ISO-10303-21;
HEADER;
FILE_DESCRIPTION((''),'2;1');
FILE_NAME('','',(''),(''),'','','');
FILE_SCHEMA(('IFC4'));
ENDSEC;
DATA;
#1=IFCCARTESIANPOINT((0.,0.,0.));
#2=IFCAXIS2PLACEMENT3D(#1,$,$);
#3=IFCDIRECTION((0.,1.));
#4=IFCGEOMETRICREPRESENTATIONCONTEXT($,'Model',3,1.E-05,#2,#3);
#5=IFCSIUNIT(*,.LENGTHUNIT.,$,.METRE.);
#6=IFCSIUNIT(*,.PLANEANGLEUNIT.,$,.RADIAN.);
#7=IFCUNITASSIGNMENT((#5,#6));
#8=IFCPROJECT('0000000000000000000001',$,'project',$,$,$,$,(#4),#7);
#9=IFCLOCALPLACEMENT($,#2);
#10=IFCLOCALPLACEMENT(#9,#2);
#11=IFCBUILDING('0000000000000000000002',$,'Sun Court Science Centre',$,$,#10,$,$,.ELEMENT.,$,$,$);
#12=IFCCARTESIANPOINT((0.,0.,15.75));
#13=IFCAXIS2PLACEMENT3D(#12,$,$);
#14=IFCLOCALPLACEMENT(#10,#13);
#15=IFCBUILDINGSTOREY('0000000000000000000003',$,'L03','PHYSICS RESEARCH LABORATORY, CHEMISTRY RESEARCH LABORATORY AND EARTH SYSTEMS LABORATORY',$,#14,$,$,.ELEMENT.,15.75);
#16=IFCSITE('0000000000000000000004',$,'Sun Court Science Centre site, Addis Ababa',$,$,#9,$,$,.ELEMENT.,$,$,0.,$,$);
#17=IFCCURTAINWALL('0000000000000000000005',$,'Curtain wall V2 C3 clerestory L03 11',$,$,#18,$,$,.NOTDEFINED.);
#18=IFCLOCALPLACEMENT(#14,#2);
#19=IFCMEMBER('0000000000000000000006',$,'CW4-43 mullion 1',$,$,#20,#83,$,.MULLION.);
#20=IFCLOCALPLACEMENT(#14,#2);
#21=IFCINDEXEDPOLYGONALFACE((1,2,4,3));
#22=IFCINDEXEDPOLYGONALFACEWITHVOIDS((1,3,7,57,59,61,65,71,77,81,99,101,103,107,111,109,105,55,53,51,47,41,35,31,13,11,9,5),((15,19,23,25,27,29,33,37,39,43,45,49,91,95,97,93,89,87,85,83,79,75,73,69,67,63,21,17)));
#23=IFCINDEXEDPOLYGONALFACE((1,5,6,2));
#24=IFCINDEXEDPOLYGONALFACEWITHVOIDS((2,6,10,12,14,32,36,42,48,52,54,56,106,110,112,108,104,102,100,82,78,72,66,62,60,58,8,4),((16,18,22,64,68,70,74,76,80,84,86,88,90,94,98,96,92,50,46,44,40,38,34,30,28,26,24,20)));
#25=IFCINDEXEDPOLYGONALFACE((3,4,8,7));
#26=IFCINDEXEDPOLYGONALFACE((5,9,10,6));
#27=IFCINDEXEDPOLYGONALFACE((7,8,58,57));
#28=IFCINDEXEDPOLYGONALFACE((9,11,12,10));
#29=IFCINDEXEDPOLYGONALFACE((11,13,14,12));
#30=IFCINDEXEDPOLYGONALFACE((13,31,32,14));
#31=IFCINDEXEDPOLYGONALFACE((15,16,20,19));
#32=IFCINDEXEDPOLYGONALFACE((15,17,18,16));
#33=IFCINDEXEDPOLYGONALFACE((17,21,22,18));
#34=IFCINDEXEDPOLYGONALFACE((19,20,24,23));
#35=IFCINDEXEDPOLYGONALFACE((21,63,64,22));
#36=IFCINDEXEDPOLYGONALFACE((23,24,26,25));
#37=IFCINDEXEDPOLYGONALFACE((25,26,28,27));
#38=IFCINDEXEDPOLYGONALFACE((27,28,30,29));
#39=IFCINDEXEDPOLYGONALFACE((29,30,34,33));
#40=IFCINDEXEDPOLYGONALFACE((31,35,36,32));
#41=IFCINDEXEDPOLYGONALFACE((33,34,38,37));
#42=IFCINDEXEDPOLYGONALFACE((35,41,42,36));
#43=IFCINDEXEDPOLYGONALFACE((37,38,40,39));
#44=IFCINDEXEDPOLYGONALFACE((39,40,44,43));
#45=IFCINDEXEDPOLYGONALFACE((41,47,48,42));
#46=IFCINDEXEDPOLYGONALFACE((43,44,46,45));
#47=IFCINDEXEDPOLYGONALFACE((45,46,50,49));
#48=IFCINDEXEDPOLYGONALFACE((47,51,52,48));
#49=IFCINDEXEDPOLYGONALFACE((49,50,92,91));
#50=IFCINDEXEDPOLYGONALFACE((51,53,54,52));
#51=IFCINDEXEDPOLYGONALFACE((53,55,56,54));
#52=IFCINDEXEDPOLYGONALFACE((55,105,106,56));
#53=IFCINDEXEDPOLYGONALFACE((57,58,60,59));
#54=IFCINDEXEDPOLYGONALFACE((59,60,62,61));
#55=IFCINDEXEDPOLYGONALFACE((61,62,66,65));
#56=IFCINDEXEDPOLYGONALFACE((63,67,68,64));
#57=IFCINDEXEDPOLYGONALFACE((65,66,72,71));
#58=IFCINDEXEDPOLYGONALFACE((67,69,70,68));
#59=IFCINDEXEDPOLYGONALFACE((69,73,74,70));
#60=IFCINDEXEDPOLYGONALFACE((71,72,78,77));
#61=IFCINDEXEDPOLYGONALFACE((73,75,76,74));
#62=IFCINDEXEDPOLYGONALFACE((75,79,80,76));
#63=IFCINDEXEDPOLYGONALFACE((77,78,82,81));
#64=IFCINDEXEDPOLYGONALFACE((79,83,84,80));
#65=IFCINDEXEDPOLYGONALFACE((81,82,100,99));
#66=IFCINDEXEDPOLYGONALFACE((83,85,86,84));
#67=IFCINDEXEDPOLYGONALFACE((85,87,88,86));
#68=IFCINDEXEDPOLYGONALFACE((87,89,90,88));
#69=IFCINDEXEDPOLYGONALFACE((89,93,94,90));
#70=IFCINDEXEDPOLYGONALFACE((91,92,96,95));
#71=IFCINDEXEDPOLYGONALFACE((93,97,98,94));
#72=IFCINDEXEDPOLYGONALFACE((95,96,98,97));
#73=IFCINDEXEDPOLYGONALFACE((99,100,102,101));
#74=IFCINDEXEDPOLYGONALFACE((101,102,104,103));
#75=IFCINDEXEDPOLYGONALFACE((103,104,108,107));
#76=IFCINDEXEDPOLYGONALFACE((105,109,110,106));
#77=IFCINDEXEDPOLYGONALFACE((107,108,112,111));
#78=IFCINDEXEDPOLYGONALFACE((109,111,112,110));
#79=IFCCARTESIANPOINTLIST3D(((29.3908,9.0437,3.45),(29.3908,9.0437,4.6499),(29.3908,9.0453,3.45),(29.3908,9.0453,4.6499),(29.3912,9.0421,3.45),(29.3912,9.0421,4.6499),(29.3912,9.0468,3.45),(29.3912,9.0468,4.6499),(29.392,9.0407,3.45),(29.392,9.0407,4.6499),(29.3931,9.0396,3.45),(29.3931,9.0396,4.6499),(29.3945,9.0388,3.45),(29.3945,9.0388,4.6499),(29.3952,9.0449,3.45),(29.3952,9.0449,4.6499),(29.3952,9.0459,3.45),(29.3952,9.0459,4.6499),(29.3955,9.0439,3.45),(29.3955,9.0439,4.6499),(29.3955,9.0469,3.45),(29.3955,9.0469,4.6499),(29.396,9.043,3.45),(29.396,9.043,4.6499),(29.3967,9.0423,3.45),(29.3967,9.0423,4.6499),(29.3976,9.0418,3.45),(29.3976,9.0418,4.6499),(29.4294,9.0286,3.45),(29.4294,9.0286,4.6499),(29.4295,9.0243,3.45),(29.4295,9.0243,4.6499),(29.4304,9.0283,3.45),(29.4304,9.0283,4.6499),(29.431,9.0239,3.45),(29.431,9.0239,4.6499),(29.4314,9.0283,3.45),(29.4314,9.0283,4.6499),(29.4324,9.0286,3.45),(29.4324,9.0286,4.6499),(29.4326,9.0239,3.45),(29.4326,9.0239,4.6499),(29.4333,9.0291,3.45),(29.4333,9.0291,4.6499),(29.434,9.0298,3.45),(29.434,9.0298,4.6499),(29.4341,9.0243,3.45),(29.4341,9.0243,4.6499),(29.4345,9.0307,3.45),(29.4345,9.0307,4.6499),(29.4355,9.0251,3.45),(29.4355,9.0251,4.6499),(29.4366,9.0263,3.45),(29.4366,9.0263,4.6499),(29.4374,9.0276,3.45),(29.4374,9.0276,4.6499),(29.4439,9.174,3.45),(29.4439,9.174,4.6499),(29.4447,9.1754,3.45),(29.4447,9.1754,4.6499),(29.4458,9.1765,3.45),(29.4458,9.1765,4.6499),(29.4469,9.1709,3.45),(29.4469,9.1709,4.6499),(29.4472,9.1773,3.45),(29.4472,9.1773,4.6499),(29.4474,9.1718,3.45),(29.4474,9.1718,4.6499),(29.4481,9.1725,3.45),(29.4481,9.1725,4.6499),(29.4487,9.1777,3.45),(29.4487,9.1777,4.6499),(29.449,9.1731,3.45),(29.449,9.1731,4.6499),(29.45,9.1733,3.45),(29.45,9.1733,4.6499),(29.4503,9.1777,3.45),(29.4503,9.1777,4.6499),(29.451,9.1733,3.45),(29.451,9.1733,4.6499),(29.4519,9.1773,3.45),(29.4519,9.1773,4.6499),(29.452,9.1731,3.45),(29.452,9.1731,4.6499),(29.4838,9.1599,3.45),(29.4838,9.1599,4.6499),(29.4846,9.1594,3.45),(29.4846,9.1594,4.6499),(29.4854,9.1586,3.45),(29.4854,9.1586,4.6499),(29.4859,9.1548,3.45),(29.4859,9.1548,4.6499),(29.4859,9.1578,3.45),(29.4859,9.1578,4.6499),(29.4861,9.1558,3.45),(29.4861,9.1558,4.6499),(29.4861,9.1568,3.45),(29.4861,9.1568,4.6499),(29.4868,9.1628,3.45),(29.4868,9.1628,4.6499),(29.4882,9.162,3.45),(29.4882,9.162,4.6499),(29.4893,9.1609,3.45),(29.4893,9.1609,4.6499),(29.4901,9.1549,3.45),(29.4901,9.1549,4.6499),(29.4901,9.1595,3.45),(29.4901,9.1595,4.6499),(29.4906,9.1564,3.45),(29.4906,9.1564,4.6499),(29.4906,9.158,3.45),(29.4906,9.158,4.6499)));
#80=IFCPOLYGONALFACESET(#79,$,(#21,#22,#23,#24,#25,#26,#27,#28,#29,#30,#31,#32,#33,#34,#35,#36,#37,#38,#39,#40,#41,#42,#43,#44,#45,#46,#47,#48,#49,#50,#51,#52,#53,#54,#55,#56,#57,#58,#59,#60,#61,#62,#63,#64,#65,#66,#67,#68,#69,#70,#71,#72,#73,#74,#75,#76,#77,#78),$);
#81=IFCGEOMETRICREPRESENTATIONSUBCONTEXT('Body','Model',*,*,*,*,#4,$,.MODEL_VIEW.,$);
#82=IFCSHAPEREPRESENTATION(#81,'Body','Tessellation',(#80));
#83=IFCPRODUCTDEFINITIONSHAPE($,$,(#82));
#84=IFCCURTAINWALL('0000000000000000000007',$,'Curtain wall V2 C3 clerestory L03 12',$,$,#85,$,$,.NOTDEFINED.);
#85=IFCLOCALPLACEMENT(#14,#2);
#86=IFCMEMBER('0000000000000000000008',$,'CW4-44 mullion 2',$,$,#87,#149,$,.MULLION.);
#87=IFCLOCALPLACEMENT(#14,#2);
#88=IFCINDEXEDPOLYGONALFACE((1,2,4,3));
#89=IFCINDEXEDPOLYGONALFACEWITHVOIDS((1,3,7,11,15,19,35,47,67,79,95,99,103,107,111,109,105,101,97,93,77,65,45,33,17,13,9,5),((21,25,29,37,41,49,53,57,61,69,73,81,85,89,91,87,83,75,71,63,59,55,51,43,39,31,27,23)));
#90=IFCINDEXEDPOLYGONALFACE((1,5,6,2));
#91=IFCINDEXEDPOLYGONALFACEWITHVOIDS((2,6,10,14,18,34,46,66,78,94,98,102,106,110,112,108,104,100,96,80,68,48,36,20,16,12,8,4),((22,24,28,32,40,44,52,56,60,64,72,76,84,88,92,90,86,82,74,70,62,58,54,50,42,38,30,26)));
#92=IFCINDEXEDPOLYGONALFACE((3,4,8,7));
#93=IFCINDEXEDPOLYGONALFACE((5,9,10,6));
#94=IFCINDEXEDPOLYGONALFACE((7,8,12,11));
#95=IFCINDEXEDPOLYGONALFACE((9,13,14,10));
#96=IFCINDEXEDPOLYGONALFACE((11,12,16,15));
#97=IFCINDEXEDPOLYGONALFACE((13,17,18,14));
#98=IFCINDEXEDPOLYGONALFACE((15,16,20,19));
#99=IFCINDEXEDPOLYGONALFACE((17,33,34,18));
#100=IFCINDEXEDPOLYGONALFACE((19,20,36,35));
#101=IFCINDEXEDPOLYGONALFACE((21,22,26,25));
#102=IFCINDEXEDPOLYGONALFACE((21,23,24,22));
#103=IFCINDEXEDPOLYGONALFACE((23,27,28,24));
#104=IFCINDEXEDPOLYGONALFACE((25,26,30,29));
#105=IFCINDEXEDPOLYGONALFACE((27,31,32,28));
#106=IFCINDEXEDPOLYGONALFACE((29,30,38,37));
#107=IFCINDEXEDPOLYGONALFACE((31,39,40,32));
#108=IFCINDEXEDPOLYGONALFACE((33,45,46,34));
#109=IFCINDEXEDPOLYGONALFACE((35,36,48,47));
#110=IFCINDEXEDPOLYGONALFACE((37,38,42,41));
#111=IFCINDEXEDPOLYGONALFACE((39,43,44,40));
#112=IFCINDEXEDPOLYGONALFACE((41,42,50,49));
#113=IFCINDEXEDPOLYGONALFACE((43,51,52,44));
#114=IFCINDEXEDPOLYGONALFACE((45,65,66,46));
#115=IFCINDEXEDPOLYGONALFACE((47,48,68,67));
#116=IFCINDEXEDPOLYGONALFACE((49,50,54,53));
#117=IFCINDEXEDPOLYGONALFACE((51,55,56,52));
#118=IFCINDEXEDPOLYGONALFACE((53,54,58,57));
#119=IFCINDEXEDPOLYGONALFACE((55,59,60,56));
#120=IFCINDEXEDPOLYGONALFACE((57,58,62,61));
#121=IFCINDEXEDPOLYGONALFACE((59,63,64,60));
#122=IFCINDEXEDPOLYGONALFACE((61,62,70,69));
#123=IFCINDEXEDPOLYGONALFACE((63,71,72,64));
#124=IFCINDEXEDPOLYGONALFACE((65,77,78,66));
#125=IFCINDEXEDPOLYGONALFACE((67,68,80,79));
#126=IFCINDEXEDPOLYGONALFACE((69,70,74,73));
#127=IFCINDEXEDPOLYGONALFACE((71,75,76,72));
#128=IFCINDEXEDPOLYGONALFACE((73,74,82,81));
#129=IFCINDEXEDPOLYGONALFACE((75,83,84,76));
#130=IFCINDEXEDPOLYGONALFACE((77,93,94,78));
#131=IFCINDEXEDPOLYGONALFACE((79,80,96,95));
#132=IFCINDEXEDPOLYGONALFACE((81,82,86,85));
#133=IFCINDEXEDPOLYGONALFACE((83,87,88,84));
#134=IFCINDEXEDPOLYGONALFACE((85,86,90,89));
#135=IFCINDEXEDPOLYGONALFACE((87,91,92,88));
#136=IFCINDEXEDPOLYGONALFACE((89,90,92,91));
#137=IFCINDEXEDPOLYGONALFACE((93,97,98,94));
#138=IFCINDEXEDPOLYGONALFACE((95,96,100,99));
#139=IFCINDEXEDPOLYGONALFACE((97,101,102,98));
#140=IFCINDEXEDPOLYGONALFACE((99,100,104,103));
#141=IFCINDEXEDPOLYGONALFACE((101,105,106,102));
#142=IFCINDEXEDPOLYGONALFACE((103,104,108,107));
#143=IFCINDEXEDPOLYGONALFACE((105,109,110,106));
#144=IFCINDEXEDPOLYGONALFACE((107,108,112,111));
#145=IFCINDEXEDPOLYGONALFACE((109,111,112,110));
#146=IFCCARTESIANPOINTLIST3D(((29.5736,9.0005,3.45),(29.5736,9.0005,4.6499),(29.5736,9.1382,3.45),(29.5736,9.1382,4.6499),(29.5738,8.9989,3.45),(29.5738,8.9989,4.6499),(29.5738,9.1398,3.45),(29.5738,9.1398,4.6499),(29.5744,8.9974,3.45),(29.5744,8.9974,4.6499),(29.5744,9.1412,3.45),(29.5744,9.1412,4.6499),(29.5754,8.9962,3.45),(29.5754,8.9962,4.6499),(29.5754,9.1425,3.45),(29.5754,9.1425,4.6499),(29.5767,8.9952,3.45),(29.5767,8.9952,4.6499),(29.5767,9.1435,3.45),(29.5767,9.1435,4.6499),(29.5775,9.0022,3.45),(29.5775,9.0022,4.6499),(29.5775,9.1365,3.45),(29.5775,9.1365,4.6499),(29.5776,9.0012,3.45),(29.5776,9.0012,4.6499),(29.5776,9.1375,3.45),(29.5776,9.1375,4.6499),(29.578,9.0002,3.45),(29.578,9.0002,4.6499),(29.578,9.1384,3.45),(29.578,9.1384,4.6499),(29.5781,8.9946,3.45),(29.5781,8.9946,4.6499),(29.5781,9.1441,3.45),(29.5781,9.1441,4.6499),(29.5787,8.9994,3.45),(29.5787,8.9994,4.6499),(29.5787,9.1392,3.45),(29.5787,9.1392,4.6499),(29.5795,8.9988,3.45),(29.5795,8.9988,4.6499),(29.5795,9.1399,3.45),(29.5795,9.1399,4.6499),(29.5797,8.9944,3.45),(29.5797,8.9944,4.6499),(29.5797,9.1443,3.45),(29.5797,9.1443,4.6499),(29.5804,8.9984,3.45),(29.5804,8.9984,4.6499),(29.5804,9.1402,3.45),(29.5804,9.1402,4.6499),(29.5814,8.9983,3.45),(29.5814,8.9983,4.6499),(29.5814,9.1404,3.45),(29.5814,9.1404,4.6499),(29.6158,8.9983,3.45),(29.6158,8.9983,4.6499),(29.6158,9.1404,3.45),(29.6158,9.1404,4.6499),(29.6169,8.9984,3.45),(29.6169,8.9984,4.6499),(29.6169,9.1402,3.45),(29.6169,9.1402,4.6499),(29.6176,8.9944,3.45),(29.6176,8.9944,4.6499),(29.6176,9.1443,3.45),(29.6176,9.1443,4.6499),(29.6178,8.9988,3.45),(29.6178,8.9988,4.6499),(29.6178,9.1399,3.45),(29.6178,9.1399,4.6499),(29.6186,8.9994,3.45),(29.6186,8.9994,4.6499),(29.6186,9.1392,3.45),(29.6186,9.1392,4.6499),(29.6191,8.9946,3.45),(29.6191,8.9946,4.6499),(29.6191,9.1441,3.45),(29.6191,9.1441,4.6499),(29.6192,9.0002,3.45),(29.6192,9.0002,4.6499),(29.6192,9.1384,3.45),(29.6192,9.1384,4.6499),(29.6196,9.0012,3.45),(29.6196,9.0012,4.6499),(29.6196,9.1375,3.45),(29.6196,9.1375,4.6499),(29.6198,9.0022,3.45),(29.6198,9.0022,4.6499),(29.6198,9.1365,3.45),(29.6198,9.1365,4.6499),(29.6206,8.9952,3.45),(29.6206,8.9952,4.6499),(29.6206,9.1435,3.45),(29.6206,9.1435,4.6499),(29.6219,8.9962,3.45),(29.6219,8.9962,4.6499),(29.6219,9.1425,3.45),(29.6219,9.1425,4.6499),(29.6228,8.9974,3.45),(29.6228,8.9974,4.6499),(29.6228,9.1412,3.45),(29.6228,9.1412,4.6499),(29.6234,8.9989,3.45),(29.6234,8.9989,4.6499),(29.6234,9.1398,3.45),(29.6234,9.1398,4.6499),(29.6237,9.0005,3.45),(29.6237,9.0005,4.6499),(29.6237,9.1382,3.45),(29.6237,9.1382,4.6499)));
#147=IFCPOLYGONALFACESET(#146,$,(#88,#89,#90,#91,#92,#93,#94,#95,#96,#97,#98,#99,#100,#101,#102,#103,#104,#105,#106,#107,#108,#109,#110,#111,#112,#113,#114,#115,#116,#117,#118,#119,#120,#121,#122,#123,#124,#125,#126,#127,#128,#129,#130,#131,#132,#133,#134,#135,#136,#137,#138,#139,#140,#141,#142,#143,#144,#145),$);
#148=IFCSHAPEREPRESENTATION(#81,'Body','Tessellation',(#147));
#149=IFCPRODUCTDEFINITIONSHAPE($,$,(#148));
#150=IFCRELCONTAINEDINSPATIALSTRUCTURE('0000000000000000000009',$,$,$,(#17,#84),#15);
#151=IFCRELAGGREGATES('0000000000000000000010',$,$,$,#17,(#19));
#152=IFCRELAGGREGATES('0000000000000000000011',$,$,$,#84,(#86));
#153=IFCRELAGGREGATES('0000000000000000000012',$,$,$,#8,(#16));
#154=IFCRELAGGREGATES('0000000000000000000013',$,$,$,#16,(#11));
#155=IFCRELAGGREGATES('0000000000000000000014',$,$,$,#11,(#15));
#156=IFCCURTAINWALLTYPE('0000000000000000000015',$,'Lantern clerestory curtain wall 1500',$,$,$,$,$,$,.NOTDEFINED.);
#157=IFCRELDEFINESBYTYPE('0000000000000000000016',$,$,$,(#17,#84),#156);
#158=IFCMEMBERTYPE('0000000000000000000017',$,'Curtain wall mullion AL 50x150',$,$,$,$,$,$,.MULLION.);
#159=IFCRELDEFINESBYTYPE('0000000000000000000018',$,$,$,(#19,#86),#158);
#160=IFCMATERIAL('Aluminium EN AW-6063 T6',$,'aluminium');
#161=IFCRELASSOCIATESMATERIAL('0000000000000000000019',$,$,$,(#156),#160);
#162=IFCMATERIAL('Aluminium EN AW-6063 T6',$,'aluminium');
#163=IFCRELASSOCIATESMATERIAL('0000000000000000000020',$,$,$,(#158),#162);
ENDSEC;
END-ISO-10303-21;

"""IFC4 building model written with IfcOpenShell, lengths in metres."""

from ifc_helpers import new_model, si_unit, direction, frame, origin, origin_2d, place, context, subcontext, project, spatial, hollow_rectangle, extrude, material, material_profile, profile_set, type_object, element, aggregate, save


model = new_model("IFC4")

# Units and contexts
model_context = context("Model", 3, precision=1e-05, world=origin(), true_north=direction((0.0, 1.0)))
body_context = subcontext(model_context, "Body", "Model", "MODEL_VIEW")
ifc_project = project(units=[si_unit("LENGTHUNIT", "METRE"), si_unit("PLANEANGLEUNIT", "RADIAN")], contexts=[model_context])

# Site, building, storey
site_placement = place(None, origin())
site = spatial("IfcSite", under=ifc_project, at=site_placement, Name="Sun Court Science Centre site, Addis Ababa", CompositionType="ELEMENT", RefElevation=0.0)
building_placement = place(site_placement, origin())
building = spatial("IfcBuilding", under=site, at=building_placement, Name="Sun Court Science Centre", CompositionType="ELEMENT")
storey_placement = place(building_placement, frame((0.0, 0.0, 15.75)))
storey = spatial("IfcBuildingStorey", under=building, at=storey_placement, Name="L03", Description="PHYSICS RESEARCH LABORATORY, CHEMISTRY RESEARCH LABORATORY AND EARTH SYSTEMS LABORATORY", CompositionType="ELEMENT", Elevation=15.75)

# Curtain wall, member
ifc_material_1 = material(Name="Aluminium EN AW-6063 T6", Category="aluminium")
curtain_wall_type = type_object("IfcCurtainWallType", Name="Lantern clerestory curtain wall 1500", PredefinedType="NOTDEFINED", material=ifc_material_1)
curtain_wall_1_placement = place(storey_placement, origin())
curtain_wall_1 = element("IfcCurtainWall", 1, at=curtain_wall_1_placement, inside=storey, type_object=curtain_wall_type, Name="Curtain wall V2 C3 clerestory L03 11", PredefinedType="NOTDEFINED")
ifc_material_2 = material(Name="Aluminium EN AW-6063 T6", Category="aluminium")
ifc_material_profile_1 = material_profile(ifc_material_2, hollow_rectangle(XDim=0.05, YDim=0.1499, WallThickness=0.0039, InnerFilletRadius=0.0039, OuterFilletRadius=0.0061, at=origin_2d()), Name="AL 50x150x4")
ifc_profile_set_1 = profile_set([ifc_material_profile_1], Name="Aluminium EN AW-6063 T6")
member_type_1 = type_object("IfcMemberType", Name="Curtain wall mullion AL 50x150", PredefinedType="MULLION", material=ifc_profile_set_1)
member_1_placement = place(storey_placement, frame((29.4407, 9.1008, 3.45), z_axis=(0.0, 0.0, 1.0), x_axis=(-0.92388, 0.382683, 0.0)))
member_1 = element("IfcMember", 2, at=member_1_placement, type_object=member_type_1, Name="CW4-43 mullion 1", PredefinedType="MULLION", context=body_context, shape_type="SweptSolid", body=[
    extrude(hollow_rectangle(XDim=0.05, YDim=0.1499, WallThickness=0.0039, InnerFilletRadius=0.0039, OuterFilletRadius=0.0061, at=origin_2d()), origin(), (0.0, 0.0, 1.0), 1.2),
])

# Curtain wall, member
curtain_wall_2_placement = place(storey_placement, origin())
curtain_wall_2 = element("IfcCurtainWall", 3, at=curtain_wall_2_placement, inside=storey, type_object=curtain_wall_type, Name="Curtain wall V2 C3 clerestory L03 12", PredefinedType="NOTDEFINED")
member_2_placement = place(storey_placement, frame((29.5986, 9.0693, 3.45), z_axis=(0.0, 0.0, 1.0), x_axis=(-1.0, 0.0, 0.0)))
member_2 = element("IfcMember", 4, at=member_2_placement, type_object=member_type_1, Name="CW4-44 mullion 2", PredefinedType="MULLION", context=body_context, shape_type="SweptSolid", body=[
    extrude(hollow_rectangle(XDim=0.05, YDim=0.1499, WallThickness=0.0039, InnerFilletRadius=0.0039, OuterFilletRadius=0.0061, at=origin_2d()), origin(), (0.0, 0.0, 1.0), 1.2),
])

aggregate(curtain_wall_1, [member_1])
aggregate(curtain_wall_2, [member_2])

save(model, "model.ifc")
